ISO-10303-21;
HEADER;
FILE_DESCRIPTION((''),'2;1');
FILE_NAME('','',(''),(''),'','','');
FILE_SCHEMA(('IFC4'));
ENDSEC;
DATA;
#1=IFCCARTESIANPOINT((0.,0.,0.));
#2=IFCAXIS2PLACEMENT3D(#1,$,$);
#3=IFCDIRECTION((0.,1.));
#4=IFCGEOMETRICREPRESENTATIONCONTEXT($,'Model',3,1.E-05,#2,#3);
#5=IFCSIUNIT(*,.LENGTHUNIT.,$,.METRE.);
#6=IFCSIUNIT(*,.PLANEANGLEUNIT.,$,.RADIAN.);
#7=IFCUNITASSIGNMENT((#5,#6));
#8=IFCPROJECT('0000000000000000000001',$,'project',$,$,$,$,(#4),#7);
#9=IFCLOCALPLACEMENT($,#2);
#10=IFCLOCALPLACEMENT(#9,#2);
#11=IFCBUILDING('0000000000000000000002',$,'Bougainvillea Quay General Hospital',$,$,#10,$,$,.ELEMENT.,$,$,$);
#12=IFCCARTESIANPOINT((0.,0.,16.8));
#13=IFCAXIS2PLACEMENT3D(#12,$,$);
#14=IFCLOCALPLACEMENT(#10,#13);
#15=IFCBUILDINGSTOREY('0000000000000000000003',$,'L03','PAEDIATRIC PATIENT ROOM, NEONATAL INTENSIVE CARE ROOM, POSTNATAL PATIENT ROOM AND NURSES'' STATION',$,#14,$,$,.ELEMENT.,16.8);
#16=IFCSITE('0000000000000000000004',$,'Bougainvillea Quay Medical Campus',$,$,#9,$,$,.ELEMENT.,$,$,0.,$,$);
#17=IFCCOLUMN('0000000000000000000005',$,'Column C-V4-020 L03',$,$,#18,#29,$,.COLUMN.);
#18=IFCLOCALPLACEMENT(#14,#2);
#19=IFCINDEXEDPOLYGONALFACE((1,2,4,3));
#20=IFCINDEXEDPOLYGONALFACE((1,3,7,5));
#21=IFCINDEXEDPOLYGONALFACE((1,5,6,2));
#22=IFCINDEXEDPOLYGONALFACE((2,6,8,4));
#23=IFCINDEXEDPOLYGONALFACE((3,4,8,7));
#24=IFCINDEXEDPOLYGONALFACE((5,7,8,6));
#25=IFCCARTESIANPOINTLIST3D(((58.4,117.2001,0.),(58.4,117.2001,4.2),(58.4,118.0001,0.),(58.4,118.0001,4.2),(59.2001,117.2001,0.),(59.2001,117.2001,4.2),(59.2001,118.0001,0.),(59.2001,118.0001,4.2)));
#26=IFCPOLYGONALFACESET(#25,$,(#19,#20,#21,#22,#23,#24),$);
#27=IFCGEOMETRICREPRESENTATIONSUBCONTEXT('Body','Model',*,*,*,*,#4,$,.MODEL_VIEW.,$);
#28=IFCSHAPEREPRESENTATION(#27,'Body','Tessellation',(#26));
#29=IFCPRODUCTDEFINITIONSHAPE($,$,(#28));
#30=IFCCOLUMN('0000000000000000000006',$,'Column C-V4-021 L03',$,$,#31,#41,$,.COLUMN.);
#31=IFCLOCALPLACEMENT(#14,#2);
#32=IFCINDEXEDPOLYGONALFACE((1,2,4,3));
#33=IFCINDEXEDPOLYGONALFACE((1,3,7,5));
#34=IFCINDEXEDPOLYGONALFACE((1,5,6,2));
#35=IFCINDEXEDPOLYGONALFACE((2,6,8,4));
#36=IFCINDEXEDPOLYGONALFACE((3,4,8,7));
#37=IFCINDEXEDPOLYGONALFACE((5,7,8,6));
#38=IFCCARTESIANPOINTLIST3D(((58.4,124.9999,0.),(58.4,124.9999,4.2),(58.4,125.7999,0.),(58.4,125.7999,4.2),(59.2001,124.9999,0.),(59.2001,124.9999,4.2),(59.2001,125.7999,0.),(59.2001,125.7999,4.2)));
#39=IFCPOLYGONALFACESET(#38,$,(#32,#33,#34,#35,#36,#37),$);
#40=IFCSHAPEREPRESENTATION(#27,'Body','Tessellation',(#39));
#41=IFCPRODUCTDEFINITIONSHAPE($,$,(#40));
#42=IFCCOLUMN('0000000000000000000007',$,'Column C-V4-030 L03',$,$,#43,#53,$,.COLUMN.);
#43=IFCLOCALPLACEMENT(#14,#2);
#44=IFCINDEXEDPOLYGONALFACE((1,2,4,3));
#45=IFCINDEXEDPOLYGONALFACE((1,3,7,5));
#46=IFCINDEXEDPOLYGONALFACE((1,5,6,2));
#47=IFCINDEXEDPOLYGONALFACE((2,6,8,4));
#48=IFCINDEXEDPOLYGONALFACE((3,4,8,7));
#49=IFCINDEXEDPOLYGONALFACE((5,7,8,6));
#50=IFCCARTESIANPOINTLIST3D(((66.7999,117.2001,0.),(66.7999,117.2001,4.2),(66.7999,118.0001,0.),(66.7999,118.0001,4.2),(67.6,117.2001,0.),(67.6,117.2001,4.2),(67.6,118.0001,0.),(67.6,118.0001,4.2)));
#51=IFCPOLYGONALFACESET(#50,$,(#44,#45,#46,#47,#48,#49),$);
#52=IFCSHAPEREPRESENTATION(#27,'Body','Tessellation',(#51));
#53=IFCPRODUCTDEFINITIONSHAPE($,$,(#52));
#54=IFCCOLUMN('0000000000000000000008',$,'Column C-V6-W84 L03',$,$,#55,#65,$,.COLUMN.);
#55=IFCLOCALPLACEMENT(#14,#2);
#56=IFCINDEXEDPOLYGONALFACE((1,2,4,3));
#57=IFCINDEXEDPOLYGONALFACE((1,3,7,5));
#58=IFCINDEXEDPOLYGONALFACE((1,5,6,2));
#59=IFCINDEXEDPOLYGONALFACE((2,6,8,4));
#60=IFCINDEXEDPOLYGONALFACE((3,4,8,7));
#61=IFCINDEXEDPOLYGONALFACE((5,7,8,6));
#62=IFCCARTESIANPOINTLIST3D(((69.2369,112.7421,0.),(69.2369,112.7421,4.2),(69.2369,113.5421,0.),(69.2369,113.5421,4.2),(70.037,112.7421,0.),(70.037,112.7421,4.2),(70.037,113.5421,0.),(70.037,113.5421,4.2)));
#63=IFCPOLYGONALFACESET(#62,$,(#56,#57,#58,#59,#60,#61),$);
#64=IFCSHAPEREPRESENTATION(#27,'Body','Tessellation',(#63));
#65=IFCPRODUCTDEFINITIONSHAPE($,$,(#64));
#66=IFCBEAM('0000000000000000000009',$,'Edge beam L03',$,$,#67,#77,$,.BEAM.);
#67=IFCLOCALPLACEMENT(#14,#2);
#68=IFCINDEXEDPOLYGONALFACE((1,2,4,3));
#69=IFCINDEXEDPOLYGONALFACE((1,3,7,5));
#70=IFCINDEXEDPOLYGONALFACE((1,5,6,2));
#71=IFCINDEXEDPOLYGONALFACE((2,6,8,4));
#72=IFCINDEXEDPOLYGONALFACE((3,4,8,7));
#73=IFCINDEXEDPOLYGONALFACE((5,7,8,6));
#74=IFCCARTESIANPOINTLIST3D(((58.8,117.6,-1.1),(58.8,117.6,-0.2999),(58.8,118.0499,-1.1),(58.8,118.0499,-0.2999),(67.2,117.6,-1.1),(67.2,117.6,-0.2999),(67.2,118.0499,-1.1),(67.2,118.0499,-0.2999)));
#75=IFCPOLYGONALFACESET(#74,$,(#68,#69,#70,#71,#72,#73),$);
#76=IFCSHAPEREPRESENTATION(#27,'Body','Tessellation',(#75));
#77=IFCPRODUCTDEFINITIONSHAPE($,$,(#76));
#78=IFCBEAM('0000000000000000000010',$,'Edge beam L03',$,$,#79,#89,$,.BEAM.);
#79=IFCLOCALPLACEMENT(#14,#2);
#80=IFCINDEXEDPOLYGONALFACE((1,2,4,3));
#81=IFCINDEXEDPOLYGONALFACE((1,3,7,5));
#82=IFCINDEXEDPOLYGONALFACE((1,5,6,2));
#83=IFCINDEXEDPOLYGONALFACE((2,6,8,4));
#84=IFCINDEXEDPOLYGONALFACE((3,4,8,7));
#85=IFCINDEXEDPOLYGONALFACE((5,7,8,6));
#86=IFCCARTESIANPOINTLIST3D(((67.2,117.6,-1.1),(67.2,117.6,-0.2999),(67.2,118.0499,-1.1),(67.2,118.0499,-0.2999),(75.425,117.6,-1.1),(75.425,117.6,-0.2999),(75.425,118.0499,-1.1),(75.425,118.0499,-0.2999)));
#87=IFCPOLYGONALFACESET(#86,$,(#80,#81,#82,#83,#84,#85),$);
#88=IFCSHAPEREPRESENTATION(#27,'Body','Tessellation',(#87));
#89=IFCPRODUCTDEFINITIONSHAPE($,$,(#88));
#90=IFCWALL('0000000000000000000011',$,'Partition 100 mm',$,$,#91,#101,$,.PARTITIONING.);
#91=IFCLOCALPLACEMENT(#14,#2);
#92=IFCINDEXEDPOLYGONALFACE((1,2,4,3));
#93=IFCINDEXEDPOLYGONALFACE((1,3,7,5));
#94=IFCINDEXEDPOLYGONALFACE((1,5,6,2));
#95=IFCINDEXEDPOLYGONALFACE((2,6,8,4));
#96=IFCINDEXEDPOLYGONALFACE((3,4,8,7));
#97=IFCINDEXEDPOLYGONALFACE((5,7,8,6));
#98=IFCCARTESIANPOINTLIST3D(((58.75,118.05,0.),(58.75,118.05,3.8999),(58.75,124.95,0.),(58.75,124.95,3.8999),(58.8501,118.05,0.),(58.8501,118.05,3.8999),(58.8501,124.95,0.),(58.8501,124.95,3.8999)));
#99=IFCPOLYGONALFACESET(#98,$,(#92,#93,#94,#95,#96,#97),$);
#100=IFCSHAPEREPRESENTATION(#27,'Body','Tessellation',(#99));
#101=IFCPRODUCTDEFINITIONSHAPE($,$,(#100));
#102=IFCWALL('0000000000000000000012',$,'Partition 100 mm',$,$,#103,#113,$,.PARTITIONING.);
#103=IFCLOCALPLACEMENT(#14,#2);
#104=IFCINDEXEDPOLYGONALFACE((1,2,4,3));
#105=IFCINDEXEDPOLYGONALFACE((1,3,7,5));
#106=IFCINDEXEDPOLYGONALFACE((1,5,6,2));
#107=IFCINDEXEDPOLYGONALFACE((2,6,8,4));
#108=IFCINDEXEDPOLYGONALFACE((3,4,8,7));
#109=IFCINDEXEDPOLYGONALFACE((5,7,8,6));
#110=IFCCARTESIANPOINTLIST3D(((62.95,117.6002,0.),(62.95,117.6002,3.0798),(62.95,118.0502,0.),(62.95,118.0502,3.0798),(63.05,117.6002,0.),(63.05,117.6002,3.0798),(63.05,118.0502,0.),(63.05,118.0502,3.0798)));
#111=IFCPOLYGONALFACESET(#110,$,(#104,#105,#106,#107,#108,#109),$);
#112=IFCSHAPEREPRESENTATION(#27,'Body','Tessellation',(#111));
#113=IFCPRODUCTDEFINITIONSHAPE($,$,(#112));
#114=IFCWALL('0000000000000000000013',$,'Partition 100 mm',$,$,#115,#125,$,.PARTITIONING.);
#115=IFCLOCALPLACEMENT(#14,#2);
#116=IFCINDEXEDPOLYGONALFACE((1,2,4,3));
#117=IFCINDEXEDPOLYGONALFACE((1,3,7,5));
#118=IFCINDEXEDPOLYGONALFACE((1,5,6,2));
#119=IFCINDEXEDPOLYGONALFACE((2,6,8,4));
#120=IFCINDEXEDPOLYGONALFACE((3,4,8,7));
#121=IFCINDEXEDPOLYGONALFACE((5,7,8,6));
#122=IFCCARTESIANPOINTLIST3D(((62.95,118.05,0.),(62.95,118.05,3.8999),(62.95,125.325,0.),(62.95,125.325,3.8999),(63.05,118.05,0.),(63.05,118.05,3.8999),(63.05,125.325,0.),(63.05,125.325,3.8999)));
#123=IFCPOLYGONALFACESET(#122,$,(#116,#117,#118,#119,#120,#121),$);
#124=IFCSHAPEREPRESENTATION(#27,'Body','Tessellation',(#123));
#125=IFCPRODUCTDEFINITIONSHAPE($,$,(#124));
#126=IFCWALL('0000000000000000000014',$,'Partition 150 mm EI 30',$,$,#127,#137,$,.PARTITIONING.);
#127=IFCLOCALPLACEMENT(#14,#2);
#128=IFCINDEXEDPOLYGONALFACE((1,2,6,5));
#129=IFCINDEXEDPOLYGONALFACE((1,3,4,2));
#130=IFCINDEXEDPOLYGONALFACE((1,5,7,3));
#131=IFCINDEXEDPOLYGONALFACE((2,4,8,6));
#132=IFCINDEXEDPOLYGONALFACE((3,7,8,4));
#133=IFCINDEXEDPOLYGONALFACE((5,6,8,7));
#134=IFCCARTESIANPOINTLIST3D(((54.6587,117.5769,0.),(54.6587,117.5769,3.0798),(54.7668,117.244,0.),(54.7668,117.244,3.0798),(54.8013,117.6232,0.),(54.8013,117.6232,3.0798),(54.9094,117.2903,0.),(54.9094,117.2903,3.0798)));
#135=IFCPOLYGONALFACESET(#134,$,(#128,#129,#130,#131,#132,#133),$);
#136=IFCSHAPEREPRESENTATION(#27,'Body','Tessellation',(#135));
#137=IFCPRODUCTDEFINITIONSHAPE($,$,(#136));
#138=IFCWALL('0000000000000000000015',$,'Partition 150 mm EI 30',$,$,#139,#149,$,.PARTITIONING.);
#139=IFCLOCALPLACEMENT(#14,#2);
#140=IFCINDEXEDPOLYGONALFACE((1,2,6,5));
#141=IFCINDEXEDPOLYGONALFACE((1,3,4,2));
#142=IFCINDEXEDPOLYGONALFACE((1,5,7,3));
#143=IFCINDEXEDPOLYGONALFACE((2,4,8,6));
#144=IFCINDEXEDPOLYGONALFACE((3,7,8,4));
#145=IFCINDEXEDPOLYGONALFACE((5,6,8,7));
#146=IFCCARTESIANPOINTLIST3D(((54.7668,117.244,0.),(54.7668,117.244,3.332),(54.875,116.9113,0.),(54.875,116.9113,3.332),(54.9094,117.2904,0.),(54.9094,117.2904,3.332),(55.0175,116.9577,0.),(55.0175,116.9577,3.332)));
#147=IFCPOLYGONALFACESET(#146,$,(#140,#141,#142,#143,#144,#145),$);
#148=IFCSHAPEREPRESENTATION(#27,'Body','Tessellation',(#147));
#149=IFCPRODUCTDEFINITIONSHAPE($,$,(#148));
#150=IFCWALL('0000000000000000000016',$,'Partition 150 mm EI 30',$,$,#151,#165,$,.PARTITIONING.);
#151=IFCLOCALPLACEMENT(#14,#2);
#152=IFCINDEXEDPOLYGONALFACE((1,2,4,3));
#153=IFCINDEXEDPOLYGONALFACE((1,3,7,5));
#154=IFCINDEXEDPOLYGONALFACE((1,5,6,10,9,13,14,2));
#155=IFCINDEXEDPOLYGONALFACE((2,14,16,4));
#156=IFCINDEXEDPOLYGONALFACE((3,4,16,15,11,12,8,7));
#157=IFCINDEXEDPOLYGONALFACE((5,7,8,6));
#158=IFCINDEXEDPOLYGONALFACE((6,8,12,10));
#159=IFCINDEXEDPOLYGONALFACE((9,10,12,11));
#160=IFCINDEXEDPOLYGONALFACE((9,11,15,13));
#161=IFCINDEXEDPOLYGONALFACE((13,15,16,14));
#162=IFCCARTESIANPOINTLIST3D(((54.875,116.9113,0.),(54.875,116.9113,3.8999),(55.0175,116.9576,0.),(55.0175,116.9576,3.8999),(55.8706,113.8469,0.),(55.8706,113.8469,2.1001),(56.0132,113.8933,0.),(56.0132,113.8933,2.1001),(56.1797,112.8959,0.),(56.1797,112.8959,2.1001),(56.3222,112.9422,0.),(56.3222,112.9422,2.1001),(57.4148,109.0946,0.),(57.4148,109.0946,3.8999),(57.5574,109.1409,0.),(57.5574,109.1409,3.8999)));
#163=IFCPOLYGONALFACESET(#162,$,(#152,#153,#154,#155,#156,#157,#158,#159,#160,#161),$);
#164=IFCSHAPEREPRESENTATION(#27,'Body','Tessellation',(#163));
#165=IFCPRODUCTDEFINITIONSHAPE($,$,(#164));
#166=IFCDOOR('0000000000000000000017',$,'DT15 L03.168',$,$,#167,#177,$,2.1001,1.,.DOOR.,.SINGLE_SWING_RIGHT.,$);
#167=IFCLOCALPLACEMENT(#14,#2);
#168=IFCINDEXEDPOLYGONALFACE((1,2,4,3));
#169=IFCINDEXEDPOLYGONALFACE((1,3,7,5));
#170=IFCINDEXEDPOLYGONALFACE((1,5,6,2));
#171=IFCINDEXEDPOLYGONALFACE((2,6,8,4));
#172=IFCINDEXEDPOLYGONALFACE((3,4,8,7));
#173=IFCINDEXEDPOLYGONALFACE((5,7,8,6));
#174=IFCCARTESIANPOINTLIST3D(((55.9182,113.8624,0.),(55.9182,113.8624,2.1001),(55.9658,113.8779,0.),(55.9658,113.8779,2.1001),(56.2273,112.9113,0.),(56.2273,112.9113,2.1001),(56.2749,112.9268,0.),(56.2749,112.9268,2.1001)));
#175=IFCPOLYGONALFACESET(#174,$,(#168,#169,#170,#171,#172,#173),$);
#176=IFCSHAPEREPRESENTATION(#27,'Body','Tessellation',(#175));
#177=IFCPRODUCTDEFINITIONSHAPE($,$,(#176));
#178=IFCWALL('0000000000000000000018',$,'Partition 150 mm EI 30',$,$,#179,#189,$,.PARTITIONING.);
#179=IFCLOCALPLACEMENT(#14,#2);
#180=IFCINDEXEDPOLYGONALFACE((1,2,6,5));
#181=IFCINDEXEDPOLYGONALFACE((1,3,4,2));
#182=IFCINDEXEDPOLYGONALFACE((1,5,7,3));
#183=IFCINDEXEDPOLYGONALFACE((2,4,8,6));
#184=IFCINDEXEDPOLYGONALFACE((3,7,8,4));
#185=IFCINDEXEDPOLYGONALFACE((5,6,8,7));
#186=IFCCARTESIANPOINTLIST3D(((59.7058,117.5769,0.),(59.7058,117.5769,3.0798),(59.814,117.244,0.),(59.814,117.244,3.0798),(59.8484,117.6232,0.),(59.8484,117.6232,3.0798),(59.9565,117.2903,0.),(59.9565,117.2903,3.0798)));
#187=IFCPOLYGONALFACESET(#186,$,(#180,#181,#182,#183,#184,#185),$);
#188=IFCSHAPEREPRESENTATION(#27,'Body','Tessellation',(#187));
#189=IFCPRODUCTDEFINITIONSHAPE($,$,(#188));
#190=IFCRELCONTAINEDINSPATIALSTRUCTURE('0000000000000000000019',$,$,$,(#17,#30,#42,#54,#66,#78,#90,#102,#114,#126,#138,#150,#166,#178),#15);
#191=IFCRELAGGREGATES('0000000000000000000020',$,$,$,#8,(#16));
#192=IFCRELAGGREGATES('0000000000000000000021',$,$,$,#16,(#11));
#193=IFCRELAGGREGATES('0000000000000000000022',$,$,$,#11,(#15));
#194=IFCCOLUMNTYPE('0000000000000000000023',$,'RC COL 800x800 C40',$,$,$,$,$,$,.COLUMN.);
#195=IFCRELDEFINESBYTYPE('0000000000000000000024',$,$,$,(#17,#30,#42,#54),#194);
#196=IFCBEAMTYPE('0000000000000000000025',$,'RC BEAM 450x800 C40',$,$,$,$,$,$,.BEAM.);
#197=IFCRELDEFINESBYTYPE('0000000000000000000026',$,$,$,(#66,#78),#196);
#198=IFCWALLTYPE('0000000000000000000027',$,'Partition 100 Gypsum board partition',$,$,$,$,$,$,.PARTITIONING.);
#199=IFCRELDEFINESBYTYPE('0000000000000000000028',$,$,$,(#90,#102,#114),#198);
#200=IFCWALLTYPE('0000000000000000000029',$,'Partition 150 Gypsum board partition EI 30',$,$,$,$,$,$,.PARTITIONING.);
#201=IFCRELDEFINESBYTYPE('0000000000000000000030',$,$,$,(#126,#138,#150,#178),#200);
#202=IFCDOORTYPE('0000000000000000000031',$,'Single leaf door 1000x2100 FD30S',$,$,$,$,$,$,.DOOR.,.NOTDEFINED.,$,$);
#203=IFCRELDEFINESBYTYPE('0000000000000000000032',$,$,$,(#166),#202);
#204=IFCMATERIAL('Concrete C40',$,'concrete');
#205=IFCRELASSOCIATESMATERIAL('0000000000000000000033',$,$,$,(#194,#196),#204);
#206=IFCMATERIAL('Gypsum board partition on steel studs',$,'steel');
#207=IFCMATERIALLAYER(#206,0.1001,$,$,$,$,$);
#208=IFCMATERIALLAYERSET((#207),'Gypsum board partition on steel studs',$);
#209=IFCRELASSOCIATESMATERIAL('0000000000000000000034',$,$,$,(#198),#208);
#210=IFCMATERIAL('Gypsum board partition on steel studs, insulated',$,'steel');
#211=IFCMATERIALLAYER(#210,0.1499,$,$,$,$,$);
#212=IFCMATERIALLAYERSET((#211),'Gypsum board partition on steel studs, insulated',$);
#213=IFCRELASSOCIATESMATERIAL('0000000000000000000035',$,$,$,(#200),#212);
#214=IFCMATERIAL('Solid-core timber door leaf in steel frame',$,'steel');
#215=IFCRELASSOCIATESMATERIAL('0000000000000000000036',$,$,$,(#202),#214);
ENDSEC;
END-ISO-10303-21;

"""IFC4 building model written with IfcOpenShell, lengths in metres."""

from ifc_helpers import new_model, si_unit, direction, frame, frame_2d, origin, origin_2d, place, context, subcontext, project, spatial, rectangle, extrude, material, layer, layer_set, material_profile, profile_set, type_object, element, fill, save


model = new_model("IFC4")

# Units and contexts
model_context = context("Model", 3, precision=1e-05, world=origin(), true_north=direction((0.0, 1.0)))
body_context = subcontext(model_context, "Body", "Model", "MODEL_VIEW")
ifc_project = project(units=[si_unit("LENGTHUNIT", "METRE"), si_unit("PLANEANGLEUNIT", "RADIAN")], contexts=[model_context])

# Site, building, storey
site_placement = place(None, origin())
site = spatial("IfcSite", under=ifc_project, at=site_placement, Name="Bougainvillea Quay Medical Campus", CompositionType="ELEMENT", RefElevation=0.0)
building_placement = place(site_placement, origin())
building = spatial("IfcBuilding", under=site, at=building_placement, Name="Bougainvillea Quay General Hospital", CompositionType="ELEMENT")
storey_placement = place(building_placement, frame((0.0, 0.0, 16.8)))
storey = spatial("IfcBuildingStorey", under=building, at=storey_placement, Name="L03", Description="PAEDIATRIC PATIENT ROOM, NEONATAL INTENSIVE CARE ROOM, POSTNATAL PATIENT ROOM AND NURSES' STATION", CompositionType="ELEMENT", Elevation=16.8)

# Columns
ifc_material_1 = material(Name="Concrete C40", Category="concrete")
ifc_material_profile_1 = material_profile(ifc_material_1, rectangle(XDim=0.8, YDim=0.8, at=origin_2d()))
ifc_profile_set_1 = profile_set([ifc_material_profile_1], Name="Concrete C40")
column_type = type_object("IfcColumnType", Name="RC COL 800x800 C40", PredefinedType="COLUMN", material=ifc_profile_set_1)
for number, where, z_axis, x_axis, name in (
    (1, (58.8, 117.6001, 0.0), (0.0, 0.0, 1.0), (1.0, 0.0, 0.0), "Column C-V4-020 L03"),
    (2, (58.8, 125.3999, 0.0), (0.0, 0.0, 1.0), (1.0, 0.0, 0.0), "Column C-V4-021 L03"),
    (3, (67.2, 117.6001, 0.0), (0.0, 0.0, 1.0), (1.0, 0.0, 0.0), "Column C-V4-030 L03"),
    (4, (69.637, 113.1421, 0.0), (0.0, 0.0, 1.0), (1.0, 0.0, 0.0), "Column C-V6-W84 L03"),
):
    element("IfcColumn", number, at=place(storey_placement, frame(where, z_axis=z_axis, x_axis=x_axis)), inside=storey, type_object=column_type, Name=name, PredefinedType="COLUMN", context=body_context, shape_type="SweptSolid", body=[
        extrude(rectangle(XDim=0.8, YDim=0.8, at=origin_2d()), origin(), (0.0, 0.0, 1.0), 4.2),
    ])

# Beams
ifc_material_profile_2 = material_profile(ifc_material_1, rectangle(XDim=0.45, YDim=0.8, at=origin_2d()))
ifc_profile_set_2 = profile_set([ifc_material_profile_2], Name="Concrete C40")
beam_type = type_object("IfcBeamType", Name="RC BEAM 450x800 C40", PredefinedType="BEAM", material=ifc_profile_set_2)
beam_1_placement = place(storey_placement, frame((58.8, 117.825, -0.7), z_axis=(1.0, 0.0, 0.0), x_axis=(0.0, 1.0, 0.0)))
element("IfcBeam", 5, at=beam_1_placement, inside=storey, type_object=beam_type, Name="Edge beam L03", PredefinedType="BEAM", context=body_context, shape_type="SweptSolid", body=[
    extrude(rectangle(XDim=0.45, YDim=0.8, at=origin_2d()), origin(), (0.0, 0.0, 1.0), 8.3999),
])
beam_2_placement = place(storey_placement, frame((67.2, 117.825, -0.7), z_axis=(1.0, 0.0, 0.0), x_axis=(0.0, 1.0, 0.0)))
element("IfcBeam", 6, at=beam_2_placement, inside=storey, type_object=beam_type, Name="Edge beam L03", PredefinedType="BEAM", context=body_context, shape_type="SweptSolid", body=[
    extrude(rectangle(XDim=0.45, YDim=0.8, at=origin_2d()), origin(), (0.0, 0.0, 1.0), 8.2251),
])

# Walls
ifc_material_2 = material(Name="Gypsum board partition on steel studs", Category="steel")
ifc_layer_1 = layer(ifc_material_2, 0.1001)
ifc_layer_set_1 = layer_set([ifc_layer_1], Name="Gypsum board partition on steel studs")
wall_type_1 = type_object("IfcWallType", Name="Partition 100 Gypsum board partition", PredefinedType="PARTITIONING", material=ifc_layer_set_1)
wall_1_placement = place(storey_placement, frame((58.8, 118.05, 0.0), z_axis=(0.0, 0.0, 1.0), x_axis=(0.0, 1.0, 0.0)))
element("IfcWall", 7, at=wall_1_placement, inside=storey, type_object=wall_type_1, Name="Partition 100 mm", PredefinedType="PARTITIONING", context=body_context, shape_type="SweptSolid", body=[
    extrude(rectangle(XDim=6.8999, YDim=0.1001, at=frame_2d((3.45, 0.0))), origin(), (0.0, 0.0, 1.0), 3.8999),
])
wall_2_placement = place(storey_placement, frame((63.0, 117.6001, 0.0), z_axis=(0.0, 0.0, 1.0), x_axis=(0.0, 1.0, 0.0)))
element("IfcWall", 8, at=wall_2_placement, inside=storey, type_object=wall_type_1, Name="Partition 100 mm", PredefinedType="PARTITIONING", context=body_context, shape_type="SweptSolid", body=[
    extrude(rectangle(XDim=0.45, YDim=0.1001, at=frame_2d((0.2251, 0.0))), origin(), (0.0, 0.0, 1.0), 3.0798),
])
wall_3_placement = place(storey_placement, frame((63.0, 118.05, 0.0), z_axis=(0.0, 0.0, 1.0), x_axis=(0.0, 1.0, 0.0)))
element("IfcWall", 9, at=wall_3_placement, inside=storey, type_object=wall_type_1, Name="Partition 100 mm", PredefinedType="PARTITIONING", context=body_context, shape_type="SweptSolid", body=[
    extrude(rectangle(XDim=7.2749, YDim=0.1001, at=frame_2d((3.6375, 0.0))), origin(), (0.0, 0.0, 1.0), 3.8999),
])
ifc_material_3 = material(Name="Gypsum board partition on steel studs, insulated", Category="steel")
ifc_layer_2 = layer(ifc_material_3, 0.1499)
ifc_layer_set_2 = layer_set([ifc_layer_2], Name="Gypsum board partition on steel studs, insulated")
wall_type_2 = type_object("IfcWallType", Name="Partition 150 Gypsum board partition EI 30", PredefinedType="PARTITIONING", material=ifc_layer_set_2)
wall_4_placement = place(storey_placement, frame((54.73, 117.6001, 0.0), z_axis=(0.0, 0.0, 1.0), x_axis=(0.308897, -0.951096, 0.0)))
element("IfcWall", 10, at=wall_4_placement, inside=storey, type_object=wall_type_2, Name="Partition 150 mm EI 30", PredefinedType="PARTITIONING", context=body_context, shape_type="SweptSolid", body=[
    extrude(rectangle(XDim=0.3501, YDim=0.1499, at=frame_2d((0.175, 0.0))), origin(), (0.0, 0.0, 1.0), 3.0798),
])
wall_5_placement = place(storey_placement, frame((54.8381, 117.2671, 0.0), z_axis=(0.0, 0.0, 1.0), x_axis=(0.309102, -0.951029, 0.0)))
element("IfcWall", 11, at=wall_5_placement, inside=storey, type_object=wall_type_2, Name="Partition 150 mm EI 30", PredefinedType="PARTITIONING", context=body_context, shape_type="SweptSolid", body=[
    extrude(rectangle(XDim=0.3499, YDim=0.1499, at=frame_2d((0.1748, 0.0))), origin(), (0.0, 0.0, 1.0), 3.332),
])

# Wall, opening, door
wall_6_placement = place(storey_placement, frame((54.9463, 116.9343, 0.0), z_axis=(0.0, 0.0, 1.0), x_axis=(0.309018, -0.951056, 0.0)))
wall_6 = element("IfcWall", 12, at=wall_6_placement, inside=storey, type_object=wall_type_2, Name="Partition 150 mm EI 30", PredefinedType="PARTITIONING", context=body_context, shape_type="SweptSolid", body=[
    extrude(rectangle(XDim=8.219, YDim=0.1499, at=frame_2d((4.1094, 0.0))), origin(), (0.0, 0.0, 1.0), 3.8999),
])
opening_1_placement = place(wall_6_placement, frame((3.2219, 0.0, 0.0)))
opening_1 = element("IfcOpeningElement", 13, at=opening_1_placement, cuts=wall_6, PredefinedType="OPENING", context=body_context, shape_type="SweptSolid", body=[
    extrude(rectangle(XDim=1.0, YDim=2.1001, at=frame_2d((0.5, 1.05))), frame((0.0, 0.085, 0.0), z_axis=(0.0, -1.0, 0.0), x_axis=(1.0, 0.0, 0.0)), (0.0, 0.0, 1.0), 0.1699),
])
ifc_material_4 = material(Name="Solid-core timber door leaf in steel frame", Category="steel")
door_type_1 = type_object("IfcDoorType", Name="Single leaf door 1000x2100 FD30S", OperationType="NOTDEFINED", PredefinedType="DOOR", material=ifc_material_4)
door_1_placement = place(opening_1_placement, frame((1.0, 0.0, 0.0), z_axis=(0.0, 0.0, 1.0), x_axis=(-1.0, 0.0, 0.0)))
door_1 = element("IfcDoor", 14, at=door_1_placement, inside=storey, type_object=door_type_1, Name="DT15 L03.168", OperationType="SINGLE_SWING_RIGHT", OverallHeight=2.1001, OverallWidth=1.0, PredefinedType="DOOR", context=body_context, shape_type="SweptSolid", body=[
    extrude(rectangle(XDim=1.0, YDim=2.1001, at=frame_2d((0.5, 1.05))), frame((0.0, 0.0249, 0.0), z_axis=(0.0, -1.0, 0.0), x_axis=(1.0, 0.0, 0.0)), (0.0, 0.0, 1.0), 0.05),
])
fill(opening_1, door_1)

# Wall
wall_7_placement = place(storey_placement, frame((59.7771, 117.6001, 0.0), z_axis=(0.0, 0.0, 1.0), x_axis=(0.308897, -0.951096, 0.0)))
element("IfcWall", 15, at=wall_7_placement, inside=storey, type_object=wall_type_2, Name="Partition 150 mm EI 30", PredefinedType="PARTITIONING", context=body_context, shape_type="SweptSolid", body=[
    extrude(rectangle(XDim=0.3501, YDim=0.1499, at=frame_2d((0.175, 0.0))), origin(), (0.0, 0.0, 1.0), 3.0798),
])

save(model, "model.ifc")
